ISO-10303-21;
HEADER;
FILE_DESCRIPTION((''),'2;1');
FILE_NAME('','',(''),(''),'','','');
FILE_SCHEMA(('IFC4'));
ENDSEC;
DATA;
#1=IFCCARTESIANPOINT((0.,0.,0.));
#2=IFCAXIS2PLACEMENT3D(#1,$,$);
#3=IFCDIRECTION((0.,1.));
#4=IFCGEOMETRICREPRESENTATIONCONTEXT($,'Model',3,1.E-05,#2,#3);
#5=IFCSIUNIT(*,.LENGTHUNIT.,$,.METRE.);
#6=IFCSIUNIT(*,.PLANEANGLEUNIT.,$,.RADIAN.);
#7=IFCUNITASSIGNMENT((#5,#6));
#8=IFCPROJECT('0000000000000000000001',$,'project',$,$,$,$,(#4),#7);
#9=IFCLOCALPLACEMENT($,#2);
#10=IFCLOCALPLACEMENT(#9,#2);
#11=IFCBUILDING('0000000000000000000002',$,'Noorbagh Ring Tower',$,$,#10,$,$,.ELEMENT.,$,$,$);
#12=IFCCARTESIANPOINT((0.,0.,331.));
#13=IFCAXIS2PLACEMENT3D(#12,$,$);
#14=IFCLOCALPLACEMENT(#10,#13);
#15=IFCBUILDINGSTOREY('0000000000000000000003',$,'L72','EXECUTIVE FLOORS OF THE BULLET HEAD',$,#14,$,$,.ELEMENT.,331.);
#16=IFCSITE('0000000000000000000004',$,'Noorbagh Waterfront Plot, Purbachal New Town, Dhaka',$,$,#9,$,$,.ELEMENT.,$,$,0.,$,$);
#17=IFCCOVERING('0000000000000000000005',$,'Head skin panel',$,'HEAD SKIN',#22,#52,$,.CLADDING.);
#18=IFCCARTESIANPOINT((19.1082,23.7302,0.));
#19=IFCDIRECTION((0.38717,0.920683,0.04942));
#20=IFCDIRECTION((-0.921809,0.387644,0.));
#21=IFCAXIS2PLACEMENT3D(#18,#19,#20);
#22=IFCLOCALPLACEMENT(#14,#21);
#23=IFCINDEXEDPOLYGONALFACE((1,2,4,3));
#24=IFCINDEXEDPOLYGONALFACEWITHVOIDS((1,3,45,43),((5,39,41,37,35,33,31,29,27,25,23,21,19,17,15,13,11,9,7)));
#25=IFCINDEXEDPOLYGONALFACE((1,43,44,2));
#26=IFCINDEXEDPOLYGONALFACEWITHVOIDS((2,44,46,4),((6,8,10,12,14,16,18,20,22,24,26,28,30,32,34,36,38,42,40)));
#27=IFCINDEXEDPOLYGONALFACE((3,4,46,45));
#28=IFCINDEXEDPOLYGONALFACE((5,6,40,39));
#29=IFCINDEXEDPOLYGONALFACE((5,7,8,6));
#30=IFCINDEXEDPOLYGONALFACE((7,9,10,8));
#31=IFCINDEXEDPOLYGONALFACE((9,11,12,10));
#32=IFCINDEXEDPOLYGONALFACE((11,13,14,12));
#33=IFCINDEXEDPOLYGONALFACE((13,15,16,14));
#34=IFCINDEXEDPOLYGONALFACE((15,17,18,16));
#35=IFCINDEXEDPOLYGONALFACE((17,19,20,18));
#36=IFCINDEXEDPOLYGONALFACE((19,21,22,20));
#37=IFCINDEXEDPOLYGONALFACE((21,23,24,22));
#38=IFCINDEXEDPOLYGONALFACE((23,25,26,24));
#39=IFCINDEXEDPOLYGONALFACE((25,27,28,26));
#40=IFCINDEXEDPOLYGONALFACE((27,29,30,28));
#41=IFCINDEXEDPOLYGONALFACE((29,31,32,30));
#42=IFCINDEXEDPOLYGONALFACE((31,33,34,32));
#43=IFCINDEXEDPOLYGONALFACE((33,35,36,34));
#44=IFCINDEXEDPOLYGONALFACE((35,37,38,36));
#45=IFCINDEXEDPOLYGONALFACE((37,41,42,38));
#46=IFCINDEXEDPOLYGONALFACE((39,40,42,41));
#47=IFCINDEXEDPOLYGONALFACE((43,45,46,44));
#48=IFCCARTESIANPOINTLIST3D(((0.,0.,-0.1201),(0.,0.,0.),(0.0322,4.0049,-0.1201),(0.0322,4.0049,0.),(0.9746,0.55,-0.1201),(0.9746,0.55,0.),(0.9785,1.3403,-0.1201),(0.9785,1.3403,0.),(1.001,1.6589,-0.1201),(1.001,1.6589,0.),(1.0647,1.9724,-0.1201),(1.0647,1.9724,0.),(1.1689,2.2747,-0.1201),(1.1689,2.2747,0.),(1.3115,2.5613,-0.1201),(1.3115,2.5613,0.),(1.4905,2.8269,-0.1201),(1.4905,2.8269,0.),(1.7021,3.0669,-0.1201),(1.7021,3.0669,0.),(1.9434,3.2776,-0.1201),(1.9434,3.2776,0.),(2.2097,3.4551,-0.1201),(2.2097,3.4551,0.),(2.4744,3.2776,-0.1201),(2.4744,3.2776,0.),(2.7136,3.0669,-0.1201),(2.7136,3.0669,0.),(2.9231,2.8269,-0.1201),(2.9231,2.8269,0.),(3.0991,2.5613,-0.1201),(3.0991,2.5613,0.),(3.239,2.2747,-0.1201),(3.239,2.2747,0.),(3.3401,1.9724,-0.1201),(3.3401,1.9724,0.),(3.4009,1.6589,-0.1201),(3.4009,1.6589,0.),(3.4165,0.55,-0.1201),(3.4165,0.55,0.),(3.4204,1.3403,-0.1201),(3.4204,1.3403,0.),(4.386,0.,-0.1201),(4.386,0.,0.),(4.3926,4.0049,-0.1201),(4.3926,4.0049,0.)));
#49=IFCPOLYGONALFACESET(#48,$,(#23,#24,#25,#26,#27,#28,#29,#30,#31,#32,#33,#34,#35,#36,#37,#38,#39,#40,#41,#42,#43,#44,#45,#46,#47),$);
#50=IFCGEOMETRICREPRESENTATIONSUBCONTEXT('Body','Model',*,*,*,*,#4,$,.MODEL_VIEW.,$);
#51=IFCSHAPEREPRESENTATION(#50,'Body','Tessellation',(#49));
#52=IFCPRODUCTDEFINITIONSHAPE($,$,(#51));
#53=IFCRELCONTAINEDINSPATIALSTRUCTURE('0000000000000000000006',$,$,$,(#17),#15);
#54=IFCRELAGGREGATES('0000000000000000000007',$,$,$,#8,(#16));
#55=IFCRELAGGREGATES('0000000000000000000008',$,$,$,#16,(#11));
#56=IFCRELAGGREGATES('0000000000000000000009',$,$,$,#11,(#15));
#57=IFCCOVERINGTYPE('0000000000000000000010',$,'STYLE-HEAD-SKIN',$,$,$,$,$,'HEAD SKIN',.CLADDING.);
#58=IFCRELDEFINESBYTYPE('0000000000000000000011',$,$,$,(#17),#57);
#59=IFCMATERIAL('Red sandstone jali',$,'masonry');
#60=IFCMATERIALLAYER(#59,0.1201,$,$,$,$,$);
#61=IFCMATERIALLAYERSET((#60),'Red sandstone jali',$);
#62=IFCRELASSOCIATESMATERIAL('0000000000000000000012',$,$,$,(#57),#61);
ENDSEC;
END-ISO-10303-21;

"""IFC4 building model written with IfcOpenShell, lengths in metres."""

from ifc_helpers import new_model, si_unit, direction, frame, origin, place, context, subcontext, project, spatial, polyline, outline, extrude, material, layer, layer_set, type_object, element, save


model = new_model("IFC4")

# Units and contexts
model_context = context("Model", 3, precision=1e-05, world=origin(), true_north=direction((0.0, 1.0)))
body_context = subcontext(model_context, "Body", "Model", "MODEL_VIEW")
ifc_project = project(units=[si_unit("LENGTHUNIT", "METRE"), si_unit("PLANEANGLEUNIT", "RADIAN")], contexts=[model_context])

# Site, building, storey
site_placement = place(None, origin())
site = spatial("IfcSite", under=ifc_project, at=site_placement, Name="Noorbagh Waterfront Plot, Purbachal New Town, Dhaka", CompositionType="ELEMENT", RefElevation=0.0)
building_placement = place(site_placement, origin())
building = spatial("IfcBuilding", under=site, at=building_placement, Name="Noorbagh Ring Tower", CompositionType="ELEMENT")
storey_placement = place(building_placement, frame((0.0, 0.0, 331.0)))
storey = spatial("IfcBuildingStorey", under=building, at=storey_placement, Name="L72", Description="EXECUTIVE FLOORS OF THE BULLET HEAD", CompositionType="ELEMENT", Elevation=331.0)

# Covering
ifc_material_1 = material(Name="Red sandstone jali", Category="masonry")
ifc_layer_1 = layer(ifc_material_1, 0.1201)
ifc_layer_set_1 = layer_set([ifc_layer_1], Name="Red sandstone jali")
covering_type_1 = type_object("IfcCoveringType", Name="STYLE-HEAD-SKIN", ElementType="HEAD SKIN", PredefinedType="CLADDING", material=ifc_layer_set_1)
covering_1_placement = place(storey_placement, frame((19.1082, 23.7302, 0.0), z_axis=(0.38717, 0.920683, 0.04942), x_axis=(-0.921809, 0.387644, 0.0)))
element("IfcCovering", 1, at=covering_1_placement, inside=storey, type_object=covering_type_1, Name="Head skin panel", ObjectType="HEAD SKIN", PredefinedType="CLADDING", context=body_context, shape_type="SweptSolid", body=[
    extrude(outline(polyline([(0.0, 0.0), (4.386, 0.0), (4.3926, 4.0049), (0.0322, 4.0049), (0.0, 0.0)]), holes=[polyline([(0.9746, 0.55), (0.9785, 1.3403), (1.001, 1.6589), (1.0647, 1.9724), (1.1689, 2.2747), (1.3115, 2.5613), (1.4905, 2.8269), (1.7021, 3.0669), (1.9434, 3.2776), (2.2097, 3.4551), (2.4744, 3.2776), (2.7136, 3.0669), (2.9231, 2.8269), (3.0991, 2.5613), (3.239, 2.2747), (3.3401, 1.9724), (3.4009, 1.6589), (3.4204, 1.3403), (3.4165, 0.55), (0.9746, 0.55)])]), origin(), (0.0, 0.0, -1.0), 0.1201),
])

save(model, "model.ifc")
